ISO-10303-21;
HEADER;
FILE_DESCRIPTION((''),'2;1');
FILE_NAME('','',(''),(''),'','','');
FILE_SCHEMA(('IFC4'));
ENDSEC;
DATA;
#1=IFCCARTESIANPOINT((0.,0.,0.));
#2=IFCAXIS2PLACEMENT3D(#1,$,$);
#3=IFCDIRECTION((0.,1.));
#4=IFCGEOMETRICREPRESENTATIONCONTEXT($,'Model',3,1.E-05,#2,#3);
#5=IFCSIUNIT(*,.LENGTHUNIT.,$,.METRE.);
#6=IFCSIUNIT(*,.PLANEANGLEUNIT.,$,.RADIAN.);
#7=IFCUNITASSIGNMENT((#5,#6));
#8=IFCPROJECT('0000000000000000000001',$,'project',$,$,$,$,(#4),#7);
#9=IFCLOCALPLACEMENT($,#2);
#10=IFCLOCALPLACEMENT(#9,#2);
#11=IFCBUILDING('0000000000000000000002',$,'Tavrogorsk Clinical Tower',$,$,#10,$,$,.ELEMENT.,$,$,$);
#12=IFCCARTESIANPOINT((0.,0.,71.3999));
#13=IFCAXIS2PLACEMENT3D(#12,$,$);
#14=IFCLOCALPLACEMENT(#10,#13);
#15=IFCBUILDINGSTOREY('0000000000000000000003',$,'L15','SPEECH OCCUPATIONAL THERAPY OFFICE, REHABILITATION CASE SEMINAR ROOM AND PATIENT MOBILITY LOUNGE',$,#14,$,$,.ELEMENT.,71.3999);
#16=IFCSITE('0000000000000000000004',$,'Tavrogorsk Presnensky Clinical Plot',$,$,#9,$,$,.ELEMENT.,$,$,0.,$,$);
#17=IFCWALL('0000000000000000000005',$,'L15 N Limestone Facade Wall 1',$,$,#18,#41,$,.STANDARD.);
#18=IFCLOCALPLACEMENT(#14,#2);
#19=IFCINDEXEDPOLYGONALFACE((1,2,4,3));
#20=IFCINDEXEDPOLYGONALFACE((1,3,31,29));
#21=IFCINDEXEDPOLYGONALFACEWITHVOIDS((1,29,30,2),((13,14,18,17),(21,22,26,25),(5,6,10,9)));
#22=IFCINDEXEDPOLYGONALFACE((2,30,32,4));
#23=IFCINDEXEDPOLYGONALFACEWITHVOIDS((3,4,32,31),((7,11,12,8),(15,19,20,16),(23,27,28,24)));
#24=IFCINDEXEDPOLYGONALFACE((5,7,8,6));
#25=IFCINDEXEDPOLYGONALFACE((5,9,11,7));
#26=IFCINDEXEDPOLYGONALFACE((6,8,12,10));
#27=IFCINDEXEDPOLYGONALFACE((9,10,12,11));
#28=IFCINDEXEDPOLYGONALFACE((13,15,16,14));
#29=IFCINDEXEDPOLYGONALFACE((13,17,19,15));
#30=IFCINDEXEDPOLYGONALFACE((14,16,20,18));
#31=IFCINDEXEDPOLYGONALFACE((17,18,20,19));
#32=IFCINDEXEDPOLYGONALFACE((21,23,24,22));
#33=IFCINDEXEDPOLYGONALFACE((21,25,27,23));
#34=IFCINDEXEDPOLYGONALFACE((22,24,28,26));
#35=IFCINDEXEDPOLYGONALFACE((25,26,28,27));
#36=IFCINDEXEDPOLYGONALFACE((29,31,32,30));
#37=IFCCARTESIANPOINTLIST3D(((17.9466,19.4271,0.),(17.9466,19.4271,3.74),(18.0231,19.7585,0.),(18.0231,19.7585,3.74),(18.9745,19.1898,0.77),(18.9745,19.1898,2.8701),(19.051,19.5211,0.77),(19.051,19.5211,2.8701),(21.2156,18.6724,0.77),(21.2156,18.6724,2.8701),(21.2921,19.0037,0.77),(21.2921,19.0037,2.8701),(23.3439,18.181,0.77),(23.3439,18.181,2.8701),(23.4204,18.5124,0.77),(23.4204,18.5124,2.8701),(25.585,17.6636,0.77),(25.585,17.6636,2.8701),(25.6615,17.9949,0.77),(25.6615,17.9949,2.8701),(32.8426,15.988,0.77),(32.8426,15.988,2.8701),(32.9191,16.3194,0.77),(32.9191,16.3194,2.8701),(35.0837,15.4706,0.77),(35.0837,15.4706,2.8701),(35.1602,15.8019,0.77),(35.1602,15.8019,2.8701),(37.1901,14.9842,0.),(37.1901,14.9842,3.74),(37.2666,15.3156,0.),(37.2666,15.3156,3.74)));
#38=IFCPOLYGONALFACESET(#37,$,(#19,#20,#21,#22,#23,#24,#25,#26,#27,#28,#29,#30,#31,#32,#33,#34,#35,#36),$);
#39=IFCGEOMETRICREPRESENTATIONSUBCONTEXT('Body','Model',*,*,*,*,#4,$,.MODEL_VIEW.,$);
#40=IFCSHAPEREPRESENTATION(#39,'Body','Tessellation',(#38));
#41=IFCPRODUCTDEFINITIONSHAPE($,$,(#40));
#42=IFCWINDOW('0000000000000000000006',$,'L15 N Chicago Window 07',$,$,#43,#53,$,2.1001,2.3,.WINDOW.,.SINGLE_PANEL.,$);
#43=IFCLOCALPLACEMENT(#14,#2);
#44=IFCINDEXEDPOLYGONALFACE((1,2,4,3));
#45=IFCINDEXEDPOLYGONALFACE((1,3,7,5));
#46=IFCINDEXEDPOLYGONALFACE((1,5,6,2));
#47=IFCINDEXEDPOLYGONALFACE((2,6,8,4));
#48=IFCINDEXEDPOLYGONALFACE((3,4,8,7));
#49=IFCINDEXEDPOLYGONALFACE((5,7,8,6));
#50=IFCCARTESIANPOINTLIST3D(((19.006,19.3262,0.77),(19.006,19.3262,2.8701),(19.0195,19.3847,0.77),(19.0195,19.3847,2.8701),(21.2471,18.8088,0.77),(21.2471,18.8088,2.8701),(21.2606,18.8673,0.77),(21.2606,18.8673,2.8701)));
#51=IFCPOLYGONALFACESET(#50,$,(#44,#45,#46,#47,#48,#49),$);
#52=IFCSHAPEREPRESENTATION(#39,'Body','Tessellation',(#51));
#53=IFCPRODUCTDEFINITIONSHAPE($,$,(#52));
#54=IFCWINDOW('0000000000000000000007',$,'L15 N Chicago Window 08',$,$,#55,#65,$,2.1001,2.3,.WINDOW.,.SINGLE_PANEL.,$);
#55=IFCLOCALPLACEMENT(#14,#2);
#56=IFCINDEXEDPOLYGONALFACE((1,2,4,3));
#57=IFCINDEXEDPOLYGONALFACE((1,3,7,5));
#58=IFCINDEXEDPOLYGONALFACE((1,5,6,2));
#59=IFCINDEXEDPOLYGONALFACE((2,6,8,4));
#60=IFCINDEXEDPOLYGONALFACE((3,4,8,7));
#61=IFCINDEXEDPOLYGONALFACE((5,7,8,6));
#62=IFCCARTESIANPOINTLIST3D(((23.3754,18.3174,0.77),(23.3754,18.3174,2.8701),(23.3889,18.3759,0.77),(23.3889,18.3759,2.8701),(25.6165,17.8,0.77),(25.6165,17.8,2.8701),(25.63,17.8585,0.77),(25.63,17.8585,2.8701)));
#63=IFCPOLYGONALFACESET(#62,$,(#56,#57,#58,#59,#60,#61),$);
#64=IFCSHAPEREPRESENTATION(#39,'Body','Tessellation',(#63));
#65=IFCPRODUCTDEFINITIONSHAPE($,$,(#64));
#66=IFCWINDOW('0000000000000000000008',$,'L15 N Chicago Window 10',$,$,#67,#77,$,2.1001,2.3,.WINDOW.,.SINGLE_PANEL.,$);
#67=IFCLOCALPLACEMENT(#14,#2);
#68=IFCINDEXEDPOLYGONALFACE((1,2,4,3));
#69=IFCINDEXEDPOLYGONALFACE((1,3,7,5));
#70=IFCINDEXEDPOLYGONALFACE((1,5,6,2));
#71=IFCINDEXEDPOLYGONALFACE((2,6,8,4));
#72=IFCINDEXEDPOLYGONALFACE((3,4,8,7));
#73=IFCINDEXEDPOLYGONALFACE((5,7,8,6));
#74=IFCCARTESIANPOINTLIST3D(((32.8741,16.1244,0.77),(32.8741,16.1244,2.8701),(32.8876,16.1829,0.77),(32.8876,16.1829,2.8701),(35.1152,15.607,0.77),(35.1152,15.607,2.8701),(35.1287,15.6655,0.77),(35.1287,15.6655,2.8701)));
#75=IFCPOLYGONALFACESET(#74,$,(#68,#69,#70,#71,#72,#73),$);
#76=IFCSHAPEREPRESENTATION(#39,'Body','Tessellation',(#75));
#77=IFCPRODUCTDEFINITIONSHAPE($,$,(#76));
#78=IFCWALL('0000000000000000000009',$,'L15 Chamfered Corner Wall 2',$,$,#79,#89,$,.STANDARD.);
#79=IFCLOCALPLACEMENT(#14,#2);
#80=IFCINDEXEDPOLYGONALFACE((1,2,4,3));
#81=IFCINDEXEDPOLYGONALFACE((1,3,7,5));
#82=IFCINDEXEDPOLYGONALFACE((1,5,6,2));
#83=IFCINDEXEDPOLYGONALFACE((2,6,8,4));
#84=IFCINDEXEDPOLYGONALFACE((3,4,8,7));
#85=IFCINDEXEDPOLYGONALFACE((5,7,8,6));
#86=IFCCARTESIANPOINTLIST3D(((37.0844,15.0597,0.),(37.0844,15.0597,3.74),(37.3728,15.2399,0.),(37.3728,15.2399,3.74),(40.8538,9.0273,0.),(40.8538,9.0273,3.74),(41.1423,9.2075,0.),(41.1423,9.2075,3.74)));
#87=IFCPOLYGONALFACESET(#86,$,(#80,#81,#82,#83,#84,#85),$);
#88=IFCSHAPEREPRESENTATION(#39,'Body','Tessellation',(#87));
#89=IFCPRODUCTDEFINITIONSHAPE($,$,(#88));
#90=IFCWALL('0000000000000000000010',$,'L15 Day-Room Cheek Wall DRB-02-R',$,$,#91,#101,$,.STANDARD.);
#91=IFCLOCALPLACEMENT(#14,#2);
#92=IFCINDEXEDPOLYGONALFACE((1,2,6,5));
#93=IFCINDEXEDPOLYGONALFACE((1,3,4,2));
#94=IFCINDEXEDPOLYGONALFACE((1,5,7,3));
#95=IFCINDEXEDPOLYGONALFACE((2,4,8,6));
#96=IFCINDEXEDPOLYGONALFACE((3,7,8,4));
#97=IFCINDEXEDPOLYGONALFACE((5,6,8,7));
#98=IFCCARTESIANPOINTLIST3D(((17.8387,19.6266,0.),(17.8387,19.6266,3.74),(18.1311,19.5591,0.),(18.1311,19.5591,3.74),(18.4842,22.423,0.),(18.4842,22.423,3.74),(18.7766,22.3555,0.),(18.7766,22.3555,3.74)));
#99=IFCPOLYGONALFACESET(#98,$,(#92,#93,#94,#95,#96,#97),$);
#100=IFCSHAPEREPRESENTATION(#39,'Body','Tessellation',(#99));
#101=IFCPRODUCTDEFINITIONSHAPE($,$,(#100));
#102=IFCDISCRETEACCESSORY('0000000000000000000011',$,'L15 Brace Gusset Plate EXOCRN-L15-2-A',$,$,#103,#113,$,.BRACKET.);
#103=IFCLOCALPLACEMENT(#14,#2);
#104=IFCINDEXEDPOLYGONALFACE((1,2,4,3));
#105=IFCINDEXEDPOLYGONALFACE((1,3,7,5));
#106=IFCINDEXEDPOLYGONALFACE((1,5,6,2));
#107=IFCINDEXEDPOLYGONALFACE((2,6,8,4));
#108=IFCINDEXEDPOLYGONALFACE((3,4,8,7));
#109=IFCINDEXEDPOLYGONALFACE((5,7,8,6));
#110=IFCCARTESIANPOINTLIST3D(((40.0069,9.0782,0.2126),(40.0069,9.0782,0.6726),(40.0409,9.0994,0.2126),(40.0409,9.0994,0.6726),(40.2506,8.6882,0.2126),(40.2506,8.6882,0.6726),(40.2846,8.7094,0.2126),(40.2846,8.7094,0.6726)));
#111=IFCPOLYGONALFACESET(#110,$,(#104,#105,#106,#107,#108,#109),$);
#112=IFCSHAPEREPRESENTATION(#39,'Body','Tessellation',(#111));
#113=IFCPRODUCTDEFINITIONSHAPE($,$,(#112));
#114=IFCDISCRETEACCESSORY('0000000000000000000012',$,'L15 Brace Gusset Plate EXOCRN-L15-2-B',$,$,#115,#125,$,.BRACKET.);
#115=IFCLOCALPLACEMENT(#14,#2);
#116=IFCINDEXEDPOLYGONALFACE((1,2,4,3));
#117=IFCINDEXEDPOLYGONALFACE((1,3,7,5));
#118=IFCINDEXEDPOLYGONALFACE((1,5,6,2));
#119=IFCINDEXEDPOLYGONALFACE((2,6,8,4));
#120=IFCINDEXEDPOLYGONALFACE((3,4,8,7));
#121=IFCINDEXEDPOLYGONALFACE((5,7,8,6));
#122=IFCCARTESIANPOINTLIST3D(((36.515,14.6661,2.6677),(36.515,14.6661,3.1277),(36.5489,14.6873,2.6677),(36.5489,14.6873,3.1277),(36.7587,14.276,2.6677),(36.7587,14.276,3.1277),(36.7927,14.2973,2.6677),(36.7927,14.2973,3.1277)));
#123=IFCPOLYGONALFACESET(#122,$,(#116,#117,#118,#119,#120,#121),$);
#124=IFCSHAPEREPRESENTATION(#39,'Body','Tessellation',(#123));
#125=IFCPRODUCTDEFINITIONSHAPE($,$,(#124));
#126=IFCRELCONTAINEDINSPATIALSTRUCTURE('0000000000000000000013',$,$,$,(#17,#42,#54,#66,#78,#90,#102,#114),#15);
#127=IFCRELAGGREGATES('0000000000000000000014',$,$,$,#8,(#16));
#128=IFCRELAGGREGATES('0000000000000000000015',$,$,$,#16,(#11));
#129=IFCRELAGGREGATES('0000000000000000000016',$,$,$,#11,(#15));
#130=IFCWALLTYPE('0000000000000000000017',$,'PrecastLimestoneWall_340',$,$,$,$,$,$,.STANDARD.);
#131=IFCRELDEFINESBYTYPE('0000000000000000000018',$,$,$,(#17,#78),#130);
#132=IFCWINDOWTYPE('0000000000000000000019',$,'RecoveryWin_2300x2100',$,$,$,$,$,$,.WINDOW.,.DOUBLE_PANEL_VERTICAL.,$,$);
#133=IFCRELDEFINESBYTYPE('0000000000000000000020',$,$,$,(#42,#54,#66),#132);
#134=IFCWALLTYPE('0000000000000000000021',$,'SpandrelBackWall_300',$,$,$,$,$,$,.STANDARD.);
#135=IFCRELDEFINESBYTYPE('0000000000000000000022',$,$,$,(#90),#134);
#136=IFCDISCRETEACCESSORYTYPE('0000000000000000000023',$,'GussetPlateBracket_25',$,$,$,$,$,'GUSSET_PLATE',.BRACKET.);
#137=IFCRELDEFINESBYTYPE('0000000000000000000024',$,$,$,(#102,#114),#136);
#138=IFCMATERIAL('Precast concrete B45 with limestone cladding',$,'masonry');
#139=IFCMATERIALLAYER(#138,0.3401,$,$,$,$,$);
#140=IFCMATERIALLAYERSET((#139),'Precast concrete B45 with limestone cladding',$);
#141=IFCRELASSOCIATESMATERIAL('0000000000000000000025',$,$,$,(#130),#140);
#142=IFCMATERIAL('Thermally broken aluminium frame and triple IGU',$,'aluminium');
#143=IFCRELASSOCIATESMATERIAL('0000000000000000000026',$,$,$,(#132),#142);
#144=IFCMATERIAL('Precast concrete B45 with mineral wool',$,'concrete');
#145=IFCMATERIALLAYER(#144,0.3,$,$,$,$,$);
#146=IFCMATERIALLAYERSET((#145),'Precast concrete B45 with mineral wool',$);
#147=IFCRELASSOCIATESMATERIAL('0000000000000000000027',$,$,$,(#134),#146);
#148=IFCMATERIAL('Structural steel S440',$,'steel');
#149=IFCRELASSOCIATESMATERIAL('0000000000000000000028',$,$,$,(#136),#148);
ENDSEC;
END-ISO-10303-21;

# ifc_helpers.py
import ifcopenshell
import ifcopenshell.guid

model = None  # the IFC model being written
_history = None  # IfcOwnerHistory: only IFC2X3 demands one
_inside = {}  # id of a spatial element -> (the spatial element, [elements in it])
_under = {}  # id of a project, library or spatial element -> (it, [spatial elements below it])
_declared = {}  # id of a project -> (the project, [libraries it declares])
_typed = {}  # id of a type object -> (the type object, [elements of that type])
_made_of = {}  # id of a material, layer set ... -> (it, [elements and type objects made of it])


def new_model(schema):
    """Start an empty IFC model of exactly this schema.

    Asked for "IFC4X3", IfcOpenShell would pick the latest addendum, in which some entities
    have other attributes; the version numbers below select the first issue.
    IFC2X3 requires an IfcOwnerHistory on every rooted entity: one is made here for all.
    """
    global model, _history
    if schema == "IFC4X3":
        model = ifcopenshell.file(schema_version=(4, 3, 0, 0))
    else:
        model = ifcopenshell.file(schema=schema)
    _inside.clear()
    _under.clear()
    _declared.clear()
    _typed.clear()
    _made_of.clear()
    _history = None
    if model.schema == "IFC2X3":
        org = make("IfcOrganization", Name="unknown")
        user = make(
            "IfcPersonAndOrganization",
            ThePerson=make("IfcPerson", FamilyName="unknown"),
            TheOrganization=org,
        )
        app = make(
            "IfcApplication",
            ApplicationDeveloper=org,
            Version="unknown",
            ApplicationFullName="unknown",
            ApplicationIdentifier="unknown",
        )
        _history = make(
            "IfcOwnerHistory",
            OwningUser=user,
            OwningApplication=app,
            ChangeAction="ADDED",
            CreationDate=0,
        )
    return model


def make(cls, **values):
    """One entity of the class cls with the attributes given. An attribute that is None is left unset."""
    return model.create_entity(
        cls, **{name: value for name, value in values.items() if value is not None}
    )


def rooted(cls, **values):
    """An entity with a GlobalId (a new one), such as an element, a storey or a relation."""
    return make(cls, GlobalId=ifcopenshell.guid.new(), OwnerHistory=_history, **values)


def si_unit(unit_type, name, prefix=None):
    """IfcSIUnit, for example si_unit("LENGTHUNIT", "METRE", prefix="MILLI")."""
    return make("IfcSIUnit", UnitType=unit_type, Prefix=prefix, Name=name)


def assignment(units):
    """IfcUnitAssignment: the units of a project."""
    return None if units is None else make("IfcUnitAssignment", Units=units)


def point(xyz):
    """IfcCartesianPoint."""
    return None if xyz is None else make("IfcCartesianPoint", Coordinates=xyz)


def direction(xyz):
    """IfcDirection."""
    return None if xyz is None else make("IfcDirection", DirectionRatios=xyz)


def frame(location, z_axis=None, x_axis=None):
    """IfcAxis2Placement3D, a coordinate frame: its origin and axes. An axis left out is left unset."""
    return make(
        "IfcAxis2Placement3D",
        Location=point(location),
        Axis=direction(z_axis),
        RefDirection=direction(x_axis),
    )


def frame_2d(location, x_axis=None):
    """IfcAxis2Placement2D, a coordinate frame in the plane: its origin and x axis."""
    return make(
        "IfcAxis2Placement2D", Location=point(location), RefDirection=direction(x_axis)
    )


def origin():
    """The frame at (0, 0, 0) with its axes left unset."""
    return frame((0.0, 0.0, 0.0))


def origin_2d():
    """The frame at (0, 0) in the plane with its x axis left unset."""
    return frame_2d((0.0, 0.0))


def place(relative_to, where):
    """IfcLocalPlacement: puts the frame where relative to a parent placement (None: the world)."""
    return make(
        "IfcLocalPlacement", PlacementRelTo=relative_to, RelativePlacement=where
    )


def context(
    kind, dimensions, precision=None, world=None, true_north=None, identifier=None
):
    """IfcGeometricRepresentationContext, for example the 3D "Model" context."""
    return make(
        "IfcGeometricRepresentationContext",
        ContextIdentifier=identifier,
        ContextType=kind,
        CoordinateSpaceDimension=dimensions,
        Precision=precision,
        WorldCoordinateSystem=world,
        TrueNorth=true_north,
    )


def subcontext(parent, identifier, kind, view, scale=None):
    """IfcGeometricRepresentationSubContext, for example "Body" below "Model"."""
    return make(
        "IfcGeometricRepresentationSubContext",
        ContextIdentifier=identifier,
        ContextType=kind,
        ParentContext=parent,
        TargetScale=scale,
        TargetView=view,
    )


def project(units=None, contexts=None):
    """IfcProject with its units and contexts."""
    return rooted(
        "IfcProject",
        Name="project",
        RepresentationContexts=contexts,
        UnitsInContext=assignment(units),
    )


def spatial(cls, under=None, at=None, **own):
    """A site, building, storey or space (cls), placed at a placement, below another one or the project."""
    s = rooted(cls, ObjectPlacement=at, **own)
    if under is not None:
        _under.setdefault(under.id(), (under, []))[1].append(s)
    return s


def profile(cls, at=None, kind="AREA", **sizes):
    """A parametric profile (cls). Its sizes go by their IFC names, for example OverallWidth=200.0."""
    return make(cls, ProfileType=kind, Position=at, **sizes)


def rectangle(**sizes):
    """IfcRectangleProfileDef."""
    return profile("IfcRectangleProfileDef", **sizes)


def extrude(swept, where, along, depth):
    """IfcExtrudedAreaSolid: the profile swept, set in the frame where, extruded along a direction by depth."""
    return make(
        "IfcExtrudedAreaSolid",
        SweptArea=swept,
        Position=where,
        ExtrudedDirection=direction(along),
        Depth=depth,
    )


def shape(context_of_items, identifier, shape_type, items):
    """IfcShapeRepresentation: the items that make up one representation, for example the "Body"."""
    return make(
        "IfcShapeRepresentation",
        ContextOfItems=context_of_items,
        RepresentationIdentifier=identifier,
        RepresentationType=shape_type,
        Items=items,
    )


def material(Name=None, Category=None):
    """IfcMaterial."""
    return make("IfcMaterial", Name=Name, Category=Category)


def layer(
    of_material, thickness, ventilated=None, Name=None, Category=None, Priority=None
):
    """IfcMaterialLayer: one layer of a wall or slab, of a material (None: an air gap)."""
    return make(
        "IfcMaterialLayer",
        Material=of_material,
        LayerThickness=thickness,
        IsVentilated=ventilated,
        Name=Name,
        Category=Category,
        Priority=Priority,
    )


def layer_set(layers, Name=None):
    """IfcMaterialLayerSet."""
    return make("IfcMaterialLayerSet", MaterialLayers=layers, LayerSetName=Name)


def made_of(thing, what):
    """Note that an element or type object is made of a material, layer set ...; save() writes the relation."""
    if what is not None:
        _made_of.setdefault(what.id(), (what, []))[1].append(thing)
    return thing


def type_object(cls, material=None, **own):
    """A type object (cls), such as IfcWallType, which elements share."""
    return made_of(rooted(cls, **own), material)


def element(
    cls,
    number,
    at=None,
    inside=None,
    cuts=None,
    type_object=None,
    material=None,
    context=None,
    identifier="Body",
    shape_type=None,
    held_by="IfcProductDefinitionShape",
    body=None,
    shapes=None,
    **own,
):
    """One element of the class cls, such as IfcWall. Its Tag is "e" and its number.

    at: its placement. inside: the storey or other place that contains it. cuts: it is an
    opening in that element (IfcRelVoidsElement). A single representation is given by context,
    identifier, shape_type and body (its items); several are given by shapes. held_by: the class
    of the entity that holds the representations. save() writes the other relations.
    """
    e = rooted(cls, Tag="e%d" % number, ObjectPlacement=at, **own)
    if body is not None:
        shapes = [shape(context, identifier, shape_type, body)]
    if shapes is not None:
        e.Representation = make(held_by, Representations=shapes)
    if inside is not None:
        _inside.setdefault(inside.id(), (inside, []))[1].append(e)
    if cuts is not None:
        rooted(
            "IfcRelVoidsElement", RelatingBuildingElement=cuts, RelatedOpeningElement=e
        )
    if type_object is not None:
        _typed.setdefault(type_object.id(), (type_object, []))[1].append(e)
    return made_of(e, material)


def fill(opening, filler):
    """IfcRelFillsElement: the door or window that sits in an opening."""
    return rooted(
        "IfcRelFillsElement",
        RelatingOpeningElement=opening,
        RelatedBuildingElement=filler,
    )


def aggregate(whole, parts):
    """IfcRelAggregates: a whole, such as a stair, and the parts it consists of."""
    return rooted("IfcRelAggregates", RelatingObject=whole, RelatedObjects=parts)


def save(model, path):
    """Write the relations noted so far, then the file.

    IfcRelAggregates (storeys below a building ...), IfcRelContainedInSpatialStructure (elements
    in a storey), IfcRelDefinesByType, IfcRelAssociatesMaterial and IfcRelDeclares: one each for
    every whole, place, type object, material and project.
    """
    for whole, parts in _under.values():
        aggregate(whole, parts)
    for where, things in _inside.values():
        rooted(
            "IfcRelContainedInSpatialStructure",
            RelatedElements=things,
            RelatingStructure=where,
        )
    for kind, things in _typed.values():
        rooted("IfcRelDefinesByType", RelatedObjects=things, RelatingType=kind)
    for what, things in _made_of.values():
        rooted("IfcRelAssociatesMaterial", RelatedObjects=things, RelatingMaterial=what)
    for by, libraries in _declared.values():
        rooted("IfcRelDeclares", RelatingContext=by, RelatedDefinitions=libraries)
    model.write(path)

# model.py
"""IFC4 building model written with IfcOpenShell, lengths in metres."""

from ifc_helpers import new_model, si_unit, direction, frame, frame_2d, origin, origin_2d, place, context, subcontext, project, spatial, rectangle, extrude, material, layer, layer_set, type_object, element, fill, save


model = new_model("IFC4")

# Units and contexts
model_context = context("Model", 3, precision=1e-05, world=origin(), true_north=direction((0.0, 1.0)))
body_context = subcontext(model_context, "Body", "Model", "MODEL_VIEW")
ifc_project = project(units=[si_unit("LENGTHUNIT", "METRE"), si_unit("PLANEANGLEUNIT", "RADIAN")], contexts=[model_context])

# Site, building, storey
site_placement = place(None, origin())
site = spatial("IfcSite", under=ifc_project, at=site_placement, Name="Tavrogorsk Presnensky Clinical Plot", CompositionType="ELEMENT", RefElevation=0.0)
building_placement = place(site_placement, origin())
building = spatial("IfcBuilding", under=site, at=building_placement, Name="Tavrogorsk Clinical Tower", CompositionType="ELEMENT")
storey_placement = place(building_placement, frame((0.0, 0.0, 71.3999)))
storey = spatial("IfcBuildingStorey", under=building, at=storey_placement, Name="L15", Description="SPEECH OCCUPATIONAL THERAPY OFFICE, REHABILITATION CASE SEMINAR ROOM AND PATIENT MOBILITY LOUNGE", CompositionType="ELEMENT", Elevation=71.3999)

# Wall, openings, windows
ifc_material_1 = material(Name="Precast concrete B45 with limestone cladding", Category="masonry")
ifc_layer_1 = layer(ifc_material_1, 0.3401)
ifc_layer_set_1 = layer_set([ifc_layer_1], Name="Precast concrete B45 with limestone cladding")
wall_type_1 = type_object("IfcWallType", Name="PrecastLimestoneWall_340", PredefinedType="STANDARD", material=ifc_layer_set_1)
wall_1_placement = place(storey_placement, frame((37.2285, 15.1499, 0.0), z_axis=(0.0, 0.0, 1.0), x_axis=(-0.974369, 0.224957, 0.0)))
wall_1 = element("IfcWall", 1, at=wall_1_placement, inside=storey, type_object=wall_type_1, Name="L15 N Limestone Facade Wall 1", PredefinedType="STANDARD", context=body_context, shape_type="SweptSolid", body=[
    extrude(rectangle(XDim=19.7498, YDim=0.3401, at=frame_2d((9.875, 0.0))), origin(), (0.0, 0.0, 1.0), 3.74),
])
opening_1_placement = place(wall_1_placement, frame((16.395, 0.0, 0.77)))
opening_1 = element("IfcOpeningElement", 2, at=opening_1_placement, cuts=wall_1, PredefinedType="OPENING", context=body_context, shape_type="SweptSolid", body=[
    extrude(rectangle(XDim=2.3, YDim=2.1001, at=frame_2d((1.1499, 1.05))), frame((0.0, 0.1799, 0.0), z_axis=(0.0, -1.0, 0.0), x_axis=(1.0, 0.0, 0.0)), (0.0, 0.0, 1.0), 0.3601),
])
opening_2_placement = place(wall_1_placement, frame((11.9106, 0.0, 0.77)))
opening_2 = element("IfcOpeningElement", 3, at=opening_2_placement, cuts=wall_1, PredefinedType="OPENING", context=body_context, shape_type="SweptSolid", body=[
    extrude(rectangle(XDim=2.3, YDim=2.1001, at=frame_2d((1.1499, 1.05))), frame((0.0, 0.1799, 0.0), z_axis=(0.0, -1.0, 0.0), x_axis=(1.0, 0.0, 0.0)), (0.0, 0.0, 1.0), 0.3601),
])
opening_3_placement = place(wall_1_placement, frame((2.1621, 0.0, 0.77)))
opening_3 = element("IfcOpeningElement", 4, at=opening_3_placement, cuts=wall_1, PredefinedType="OPENING", context=body_context, shape_type="SweptSolid", body=[
    extrude(rectangle(XDim=2.3, YDim=2.1001, at=frame_2d((1.1499, 1.05))), frame((0.0, 0.1799, 0.0), z_axis=(0.0, -1.0, 0.0), x_axis=(1.0, 0.0, 0.0)), (0.0, 0.0, 1.0), 0.3601),
])
ifc_material_2 = material(Name="Thermally broken aluminium frame and triple IGU", Category="aluminium")
window_type = type_object("IfcWindowType", Name="RecoveryWin_2300x2100", PartitioningType="DOUBLE_PANEL_VERTICAL", PredefinedType="WINDOW", material=ifc_material_2)
window_1_placement = place(opening_1_placement, origin())
window_1 = element("IfcWindow", 5, at=window_1_placement, inside=storey, type_object=window_type, Name="L15 N Chicago Window 07", OverallHeight=2.1001, OverallWidth=2.3, PartitioningType="SINGLE_PANEL", PredefinedType="WINDOW", context=body_context, shape_type="SweptSolid", body=[
    extrude(rectangle(XDim=2.3, YDim=2.1001, at=frame_2d((1.1499, 1.05))), frame((0.0, 0.03, 0.0), z_axis=(0.0, -1.0, 0.0), x_axis=(1.0, 0.0, 0.0)), (0.0, 0.0, 1.0), 0.0601),
])
fill(opening_1, window_1)
window_2_placement = place(opening_2_placement, origin())
window_2 = element("IfcWindow", 6, at=window_2_placement, inside=storey, type_object=window_type, Name="L15 N Chicago Window 08", OverallHeight=2.1001, OverallWidth=2.3, PartitioningType="SINGLE_PANEL", PredefinedType="WINDOW", context=body_context, shape_type="SweptSolid", body=[
    extrude(rectangle(XDim=2.3, YDim=2.1001, at=frame_2d((1.1499, 1.05))), frame((0.0, 0.03, 0.0), z_axis=(0.0, -1.0, 0.0), x_axis=(1.0, 0.0, 0.0)), (0.0, 0.0, 1.0), 0.0601),
])
fill(opening_2, window_2)
window_3_placement = place(opening_3_placement, origin())
window_3 = element("IfcWindow", 7, at=window_3_placement, inside=storey, type_object=window_type, Name="L15 N Chicago Window 10", OverallHeight=2.1001, OverallWidth=2.3, PartitioningType="SINGLE_PANEL", PredefinedType="WINDOW", context=body_context, shape_type="SweptSolid", body=[
    extrude(rectangle(XDim=2.3, YDim=2.1001, at=frame_2d((1.1499, 1.05))), frame((0.0, 0.03, 0.0), z_axis=(0.0, -1.0, 0.0), x_axis=(1.0, 0.0, 0.0)), (0.0, 0.0, 1.0), 0.0601),
])
fill(opening_3, window_3)

# Walls
wall_2_placement = place(storey_placement, frame((40.998, 9.1174, 0.0), z_axis=(0.0, 0.0, 1.0), x_axis=(-0.529922, 0.848047, 0.0)))
element("IfcWall", 8, at=wall_2_placement, inside=storey, type_object=wall_type_1, Name="L15 Chamfered Corner Wall 2", PredefinedType="STANDARD", context=body_context, shape_type="SweptSolid", body=[
    extrude(rectangle(XDim=7.1133, YDim=0.3401, at=frame_2d((3.5566, 0.0))), origin(), (0.0, 0.0, 1.0), 3.74),
])
ifc_material_3 = material(Name="Precast concrete B45 with mineral wool", Category="concrete")
ifc_layer_2 = layer(ifc_material_3, 0.3)
ifc_layer_set_2 = layer_set([ifc_layer_2], Name="Precast concrete B45 with mineral wool")
wall_type_2 = type_object("IfcWallType", Name="SpandrelBackWall_300", PredefinedType="STANDARD", material=ifc_layer_set_2)
wall_3_placement = place(storey_placement, frame((17.9849, 19.5928, 0.0), z_axis=(0.0, 0.0, 1.0), x_axis=(0.224922, 0.974377, 0.0)))
element("IfcWall", 9, at=wall_3_placement, inside=storey, type_object=wall_type_2, Name="L15 Day-Room Cheek Wall DRB-02-R", PredefinedType="STANDARD", context=body_context, shape_type="SweptSolid", body=[
    extrude(rectangle(XDim=2.8699, YDim=0.3, at=frame_2d((1.4351, 0.0))), origin(), (0.0, 0.0, 1.0), 3.74),
])

# Discrete accessories
ifc_material_4 = material(Name="Structural steel S440", Category="steel")
discrete_accessory_type = type_object("IfcDiscreteAccessoryType", Name="GussetPlateBracket_25", ElementType="GUSSET_PLATE", PredefinedType="BRACKET", material=ifc_material_4)
for number, where, z_axis, x_axis, name in (
    (10, (40.1458, 8.8938, 0.2126), (0.0, 0.0, 1.0), (-0.529919, 0.848048, 0.0), "L15 Brace Gusset Plate EXOCRN-L15-2-A"),
    (11, (36.6538, 14.4817, 2.6677), (0.0, 0.0, 1.0), (-0.529919, 0.848048, 0.0), "L15 Brace Gusset Plate EXOCRN-L15-2-B"),
):
    element("IfcDiscreteAccessory", number, at=place(storey_placement, frame(where, z_axis=z_axis, x_axis=x_axis)), inside=storey, type_object=discrete_accessory_type, Name=name, PredefinedType="BRACKET", context=body_context, shape_type="SweptSolid", body=[
        extrude(rectangle(XDim=0.46, YDim=0.04, at=origin_2d()), origin(), (0.0, 0.0, 1.0), 0.46),
    ])

save(model, "model.ifc")
